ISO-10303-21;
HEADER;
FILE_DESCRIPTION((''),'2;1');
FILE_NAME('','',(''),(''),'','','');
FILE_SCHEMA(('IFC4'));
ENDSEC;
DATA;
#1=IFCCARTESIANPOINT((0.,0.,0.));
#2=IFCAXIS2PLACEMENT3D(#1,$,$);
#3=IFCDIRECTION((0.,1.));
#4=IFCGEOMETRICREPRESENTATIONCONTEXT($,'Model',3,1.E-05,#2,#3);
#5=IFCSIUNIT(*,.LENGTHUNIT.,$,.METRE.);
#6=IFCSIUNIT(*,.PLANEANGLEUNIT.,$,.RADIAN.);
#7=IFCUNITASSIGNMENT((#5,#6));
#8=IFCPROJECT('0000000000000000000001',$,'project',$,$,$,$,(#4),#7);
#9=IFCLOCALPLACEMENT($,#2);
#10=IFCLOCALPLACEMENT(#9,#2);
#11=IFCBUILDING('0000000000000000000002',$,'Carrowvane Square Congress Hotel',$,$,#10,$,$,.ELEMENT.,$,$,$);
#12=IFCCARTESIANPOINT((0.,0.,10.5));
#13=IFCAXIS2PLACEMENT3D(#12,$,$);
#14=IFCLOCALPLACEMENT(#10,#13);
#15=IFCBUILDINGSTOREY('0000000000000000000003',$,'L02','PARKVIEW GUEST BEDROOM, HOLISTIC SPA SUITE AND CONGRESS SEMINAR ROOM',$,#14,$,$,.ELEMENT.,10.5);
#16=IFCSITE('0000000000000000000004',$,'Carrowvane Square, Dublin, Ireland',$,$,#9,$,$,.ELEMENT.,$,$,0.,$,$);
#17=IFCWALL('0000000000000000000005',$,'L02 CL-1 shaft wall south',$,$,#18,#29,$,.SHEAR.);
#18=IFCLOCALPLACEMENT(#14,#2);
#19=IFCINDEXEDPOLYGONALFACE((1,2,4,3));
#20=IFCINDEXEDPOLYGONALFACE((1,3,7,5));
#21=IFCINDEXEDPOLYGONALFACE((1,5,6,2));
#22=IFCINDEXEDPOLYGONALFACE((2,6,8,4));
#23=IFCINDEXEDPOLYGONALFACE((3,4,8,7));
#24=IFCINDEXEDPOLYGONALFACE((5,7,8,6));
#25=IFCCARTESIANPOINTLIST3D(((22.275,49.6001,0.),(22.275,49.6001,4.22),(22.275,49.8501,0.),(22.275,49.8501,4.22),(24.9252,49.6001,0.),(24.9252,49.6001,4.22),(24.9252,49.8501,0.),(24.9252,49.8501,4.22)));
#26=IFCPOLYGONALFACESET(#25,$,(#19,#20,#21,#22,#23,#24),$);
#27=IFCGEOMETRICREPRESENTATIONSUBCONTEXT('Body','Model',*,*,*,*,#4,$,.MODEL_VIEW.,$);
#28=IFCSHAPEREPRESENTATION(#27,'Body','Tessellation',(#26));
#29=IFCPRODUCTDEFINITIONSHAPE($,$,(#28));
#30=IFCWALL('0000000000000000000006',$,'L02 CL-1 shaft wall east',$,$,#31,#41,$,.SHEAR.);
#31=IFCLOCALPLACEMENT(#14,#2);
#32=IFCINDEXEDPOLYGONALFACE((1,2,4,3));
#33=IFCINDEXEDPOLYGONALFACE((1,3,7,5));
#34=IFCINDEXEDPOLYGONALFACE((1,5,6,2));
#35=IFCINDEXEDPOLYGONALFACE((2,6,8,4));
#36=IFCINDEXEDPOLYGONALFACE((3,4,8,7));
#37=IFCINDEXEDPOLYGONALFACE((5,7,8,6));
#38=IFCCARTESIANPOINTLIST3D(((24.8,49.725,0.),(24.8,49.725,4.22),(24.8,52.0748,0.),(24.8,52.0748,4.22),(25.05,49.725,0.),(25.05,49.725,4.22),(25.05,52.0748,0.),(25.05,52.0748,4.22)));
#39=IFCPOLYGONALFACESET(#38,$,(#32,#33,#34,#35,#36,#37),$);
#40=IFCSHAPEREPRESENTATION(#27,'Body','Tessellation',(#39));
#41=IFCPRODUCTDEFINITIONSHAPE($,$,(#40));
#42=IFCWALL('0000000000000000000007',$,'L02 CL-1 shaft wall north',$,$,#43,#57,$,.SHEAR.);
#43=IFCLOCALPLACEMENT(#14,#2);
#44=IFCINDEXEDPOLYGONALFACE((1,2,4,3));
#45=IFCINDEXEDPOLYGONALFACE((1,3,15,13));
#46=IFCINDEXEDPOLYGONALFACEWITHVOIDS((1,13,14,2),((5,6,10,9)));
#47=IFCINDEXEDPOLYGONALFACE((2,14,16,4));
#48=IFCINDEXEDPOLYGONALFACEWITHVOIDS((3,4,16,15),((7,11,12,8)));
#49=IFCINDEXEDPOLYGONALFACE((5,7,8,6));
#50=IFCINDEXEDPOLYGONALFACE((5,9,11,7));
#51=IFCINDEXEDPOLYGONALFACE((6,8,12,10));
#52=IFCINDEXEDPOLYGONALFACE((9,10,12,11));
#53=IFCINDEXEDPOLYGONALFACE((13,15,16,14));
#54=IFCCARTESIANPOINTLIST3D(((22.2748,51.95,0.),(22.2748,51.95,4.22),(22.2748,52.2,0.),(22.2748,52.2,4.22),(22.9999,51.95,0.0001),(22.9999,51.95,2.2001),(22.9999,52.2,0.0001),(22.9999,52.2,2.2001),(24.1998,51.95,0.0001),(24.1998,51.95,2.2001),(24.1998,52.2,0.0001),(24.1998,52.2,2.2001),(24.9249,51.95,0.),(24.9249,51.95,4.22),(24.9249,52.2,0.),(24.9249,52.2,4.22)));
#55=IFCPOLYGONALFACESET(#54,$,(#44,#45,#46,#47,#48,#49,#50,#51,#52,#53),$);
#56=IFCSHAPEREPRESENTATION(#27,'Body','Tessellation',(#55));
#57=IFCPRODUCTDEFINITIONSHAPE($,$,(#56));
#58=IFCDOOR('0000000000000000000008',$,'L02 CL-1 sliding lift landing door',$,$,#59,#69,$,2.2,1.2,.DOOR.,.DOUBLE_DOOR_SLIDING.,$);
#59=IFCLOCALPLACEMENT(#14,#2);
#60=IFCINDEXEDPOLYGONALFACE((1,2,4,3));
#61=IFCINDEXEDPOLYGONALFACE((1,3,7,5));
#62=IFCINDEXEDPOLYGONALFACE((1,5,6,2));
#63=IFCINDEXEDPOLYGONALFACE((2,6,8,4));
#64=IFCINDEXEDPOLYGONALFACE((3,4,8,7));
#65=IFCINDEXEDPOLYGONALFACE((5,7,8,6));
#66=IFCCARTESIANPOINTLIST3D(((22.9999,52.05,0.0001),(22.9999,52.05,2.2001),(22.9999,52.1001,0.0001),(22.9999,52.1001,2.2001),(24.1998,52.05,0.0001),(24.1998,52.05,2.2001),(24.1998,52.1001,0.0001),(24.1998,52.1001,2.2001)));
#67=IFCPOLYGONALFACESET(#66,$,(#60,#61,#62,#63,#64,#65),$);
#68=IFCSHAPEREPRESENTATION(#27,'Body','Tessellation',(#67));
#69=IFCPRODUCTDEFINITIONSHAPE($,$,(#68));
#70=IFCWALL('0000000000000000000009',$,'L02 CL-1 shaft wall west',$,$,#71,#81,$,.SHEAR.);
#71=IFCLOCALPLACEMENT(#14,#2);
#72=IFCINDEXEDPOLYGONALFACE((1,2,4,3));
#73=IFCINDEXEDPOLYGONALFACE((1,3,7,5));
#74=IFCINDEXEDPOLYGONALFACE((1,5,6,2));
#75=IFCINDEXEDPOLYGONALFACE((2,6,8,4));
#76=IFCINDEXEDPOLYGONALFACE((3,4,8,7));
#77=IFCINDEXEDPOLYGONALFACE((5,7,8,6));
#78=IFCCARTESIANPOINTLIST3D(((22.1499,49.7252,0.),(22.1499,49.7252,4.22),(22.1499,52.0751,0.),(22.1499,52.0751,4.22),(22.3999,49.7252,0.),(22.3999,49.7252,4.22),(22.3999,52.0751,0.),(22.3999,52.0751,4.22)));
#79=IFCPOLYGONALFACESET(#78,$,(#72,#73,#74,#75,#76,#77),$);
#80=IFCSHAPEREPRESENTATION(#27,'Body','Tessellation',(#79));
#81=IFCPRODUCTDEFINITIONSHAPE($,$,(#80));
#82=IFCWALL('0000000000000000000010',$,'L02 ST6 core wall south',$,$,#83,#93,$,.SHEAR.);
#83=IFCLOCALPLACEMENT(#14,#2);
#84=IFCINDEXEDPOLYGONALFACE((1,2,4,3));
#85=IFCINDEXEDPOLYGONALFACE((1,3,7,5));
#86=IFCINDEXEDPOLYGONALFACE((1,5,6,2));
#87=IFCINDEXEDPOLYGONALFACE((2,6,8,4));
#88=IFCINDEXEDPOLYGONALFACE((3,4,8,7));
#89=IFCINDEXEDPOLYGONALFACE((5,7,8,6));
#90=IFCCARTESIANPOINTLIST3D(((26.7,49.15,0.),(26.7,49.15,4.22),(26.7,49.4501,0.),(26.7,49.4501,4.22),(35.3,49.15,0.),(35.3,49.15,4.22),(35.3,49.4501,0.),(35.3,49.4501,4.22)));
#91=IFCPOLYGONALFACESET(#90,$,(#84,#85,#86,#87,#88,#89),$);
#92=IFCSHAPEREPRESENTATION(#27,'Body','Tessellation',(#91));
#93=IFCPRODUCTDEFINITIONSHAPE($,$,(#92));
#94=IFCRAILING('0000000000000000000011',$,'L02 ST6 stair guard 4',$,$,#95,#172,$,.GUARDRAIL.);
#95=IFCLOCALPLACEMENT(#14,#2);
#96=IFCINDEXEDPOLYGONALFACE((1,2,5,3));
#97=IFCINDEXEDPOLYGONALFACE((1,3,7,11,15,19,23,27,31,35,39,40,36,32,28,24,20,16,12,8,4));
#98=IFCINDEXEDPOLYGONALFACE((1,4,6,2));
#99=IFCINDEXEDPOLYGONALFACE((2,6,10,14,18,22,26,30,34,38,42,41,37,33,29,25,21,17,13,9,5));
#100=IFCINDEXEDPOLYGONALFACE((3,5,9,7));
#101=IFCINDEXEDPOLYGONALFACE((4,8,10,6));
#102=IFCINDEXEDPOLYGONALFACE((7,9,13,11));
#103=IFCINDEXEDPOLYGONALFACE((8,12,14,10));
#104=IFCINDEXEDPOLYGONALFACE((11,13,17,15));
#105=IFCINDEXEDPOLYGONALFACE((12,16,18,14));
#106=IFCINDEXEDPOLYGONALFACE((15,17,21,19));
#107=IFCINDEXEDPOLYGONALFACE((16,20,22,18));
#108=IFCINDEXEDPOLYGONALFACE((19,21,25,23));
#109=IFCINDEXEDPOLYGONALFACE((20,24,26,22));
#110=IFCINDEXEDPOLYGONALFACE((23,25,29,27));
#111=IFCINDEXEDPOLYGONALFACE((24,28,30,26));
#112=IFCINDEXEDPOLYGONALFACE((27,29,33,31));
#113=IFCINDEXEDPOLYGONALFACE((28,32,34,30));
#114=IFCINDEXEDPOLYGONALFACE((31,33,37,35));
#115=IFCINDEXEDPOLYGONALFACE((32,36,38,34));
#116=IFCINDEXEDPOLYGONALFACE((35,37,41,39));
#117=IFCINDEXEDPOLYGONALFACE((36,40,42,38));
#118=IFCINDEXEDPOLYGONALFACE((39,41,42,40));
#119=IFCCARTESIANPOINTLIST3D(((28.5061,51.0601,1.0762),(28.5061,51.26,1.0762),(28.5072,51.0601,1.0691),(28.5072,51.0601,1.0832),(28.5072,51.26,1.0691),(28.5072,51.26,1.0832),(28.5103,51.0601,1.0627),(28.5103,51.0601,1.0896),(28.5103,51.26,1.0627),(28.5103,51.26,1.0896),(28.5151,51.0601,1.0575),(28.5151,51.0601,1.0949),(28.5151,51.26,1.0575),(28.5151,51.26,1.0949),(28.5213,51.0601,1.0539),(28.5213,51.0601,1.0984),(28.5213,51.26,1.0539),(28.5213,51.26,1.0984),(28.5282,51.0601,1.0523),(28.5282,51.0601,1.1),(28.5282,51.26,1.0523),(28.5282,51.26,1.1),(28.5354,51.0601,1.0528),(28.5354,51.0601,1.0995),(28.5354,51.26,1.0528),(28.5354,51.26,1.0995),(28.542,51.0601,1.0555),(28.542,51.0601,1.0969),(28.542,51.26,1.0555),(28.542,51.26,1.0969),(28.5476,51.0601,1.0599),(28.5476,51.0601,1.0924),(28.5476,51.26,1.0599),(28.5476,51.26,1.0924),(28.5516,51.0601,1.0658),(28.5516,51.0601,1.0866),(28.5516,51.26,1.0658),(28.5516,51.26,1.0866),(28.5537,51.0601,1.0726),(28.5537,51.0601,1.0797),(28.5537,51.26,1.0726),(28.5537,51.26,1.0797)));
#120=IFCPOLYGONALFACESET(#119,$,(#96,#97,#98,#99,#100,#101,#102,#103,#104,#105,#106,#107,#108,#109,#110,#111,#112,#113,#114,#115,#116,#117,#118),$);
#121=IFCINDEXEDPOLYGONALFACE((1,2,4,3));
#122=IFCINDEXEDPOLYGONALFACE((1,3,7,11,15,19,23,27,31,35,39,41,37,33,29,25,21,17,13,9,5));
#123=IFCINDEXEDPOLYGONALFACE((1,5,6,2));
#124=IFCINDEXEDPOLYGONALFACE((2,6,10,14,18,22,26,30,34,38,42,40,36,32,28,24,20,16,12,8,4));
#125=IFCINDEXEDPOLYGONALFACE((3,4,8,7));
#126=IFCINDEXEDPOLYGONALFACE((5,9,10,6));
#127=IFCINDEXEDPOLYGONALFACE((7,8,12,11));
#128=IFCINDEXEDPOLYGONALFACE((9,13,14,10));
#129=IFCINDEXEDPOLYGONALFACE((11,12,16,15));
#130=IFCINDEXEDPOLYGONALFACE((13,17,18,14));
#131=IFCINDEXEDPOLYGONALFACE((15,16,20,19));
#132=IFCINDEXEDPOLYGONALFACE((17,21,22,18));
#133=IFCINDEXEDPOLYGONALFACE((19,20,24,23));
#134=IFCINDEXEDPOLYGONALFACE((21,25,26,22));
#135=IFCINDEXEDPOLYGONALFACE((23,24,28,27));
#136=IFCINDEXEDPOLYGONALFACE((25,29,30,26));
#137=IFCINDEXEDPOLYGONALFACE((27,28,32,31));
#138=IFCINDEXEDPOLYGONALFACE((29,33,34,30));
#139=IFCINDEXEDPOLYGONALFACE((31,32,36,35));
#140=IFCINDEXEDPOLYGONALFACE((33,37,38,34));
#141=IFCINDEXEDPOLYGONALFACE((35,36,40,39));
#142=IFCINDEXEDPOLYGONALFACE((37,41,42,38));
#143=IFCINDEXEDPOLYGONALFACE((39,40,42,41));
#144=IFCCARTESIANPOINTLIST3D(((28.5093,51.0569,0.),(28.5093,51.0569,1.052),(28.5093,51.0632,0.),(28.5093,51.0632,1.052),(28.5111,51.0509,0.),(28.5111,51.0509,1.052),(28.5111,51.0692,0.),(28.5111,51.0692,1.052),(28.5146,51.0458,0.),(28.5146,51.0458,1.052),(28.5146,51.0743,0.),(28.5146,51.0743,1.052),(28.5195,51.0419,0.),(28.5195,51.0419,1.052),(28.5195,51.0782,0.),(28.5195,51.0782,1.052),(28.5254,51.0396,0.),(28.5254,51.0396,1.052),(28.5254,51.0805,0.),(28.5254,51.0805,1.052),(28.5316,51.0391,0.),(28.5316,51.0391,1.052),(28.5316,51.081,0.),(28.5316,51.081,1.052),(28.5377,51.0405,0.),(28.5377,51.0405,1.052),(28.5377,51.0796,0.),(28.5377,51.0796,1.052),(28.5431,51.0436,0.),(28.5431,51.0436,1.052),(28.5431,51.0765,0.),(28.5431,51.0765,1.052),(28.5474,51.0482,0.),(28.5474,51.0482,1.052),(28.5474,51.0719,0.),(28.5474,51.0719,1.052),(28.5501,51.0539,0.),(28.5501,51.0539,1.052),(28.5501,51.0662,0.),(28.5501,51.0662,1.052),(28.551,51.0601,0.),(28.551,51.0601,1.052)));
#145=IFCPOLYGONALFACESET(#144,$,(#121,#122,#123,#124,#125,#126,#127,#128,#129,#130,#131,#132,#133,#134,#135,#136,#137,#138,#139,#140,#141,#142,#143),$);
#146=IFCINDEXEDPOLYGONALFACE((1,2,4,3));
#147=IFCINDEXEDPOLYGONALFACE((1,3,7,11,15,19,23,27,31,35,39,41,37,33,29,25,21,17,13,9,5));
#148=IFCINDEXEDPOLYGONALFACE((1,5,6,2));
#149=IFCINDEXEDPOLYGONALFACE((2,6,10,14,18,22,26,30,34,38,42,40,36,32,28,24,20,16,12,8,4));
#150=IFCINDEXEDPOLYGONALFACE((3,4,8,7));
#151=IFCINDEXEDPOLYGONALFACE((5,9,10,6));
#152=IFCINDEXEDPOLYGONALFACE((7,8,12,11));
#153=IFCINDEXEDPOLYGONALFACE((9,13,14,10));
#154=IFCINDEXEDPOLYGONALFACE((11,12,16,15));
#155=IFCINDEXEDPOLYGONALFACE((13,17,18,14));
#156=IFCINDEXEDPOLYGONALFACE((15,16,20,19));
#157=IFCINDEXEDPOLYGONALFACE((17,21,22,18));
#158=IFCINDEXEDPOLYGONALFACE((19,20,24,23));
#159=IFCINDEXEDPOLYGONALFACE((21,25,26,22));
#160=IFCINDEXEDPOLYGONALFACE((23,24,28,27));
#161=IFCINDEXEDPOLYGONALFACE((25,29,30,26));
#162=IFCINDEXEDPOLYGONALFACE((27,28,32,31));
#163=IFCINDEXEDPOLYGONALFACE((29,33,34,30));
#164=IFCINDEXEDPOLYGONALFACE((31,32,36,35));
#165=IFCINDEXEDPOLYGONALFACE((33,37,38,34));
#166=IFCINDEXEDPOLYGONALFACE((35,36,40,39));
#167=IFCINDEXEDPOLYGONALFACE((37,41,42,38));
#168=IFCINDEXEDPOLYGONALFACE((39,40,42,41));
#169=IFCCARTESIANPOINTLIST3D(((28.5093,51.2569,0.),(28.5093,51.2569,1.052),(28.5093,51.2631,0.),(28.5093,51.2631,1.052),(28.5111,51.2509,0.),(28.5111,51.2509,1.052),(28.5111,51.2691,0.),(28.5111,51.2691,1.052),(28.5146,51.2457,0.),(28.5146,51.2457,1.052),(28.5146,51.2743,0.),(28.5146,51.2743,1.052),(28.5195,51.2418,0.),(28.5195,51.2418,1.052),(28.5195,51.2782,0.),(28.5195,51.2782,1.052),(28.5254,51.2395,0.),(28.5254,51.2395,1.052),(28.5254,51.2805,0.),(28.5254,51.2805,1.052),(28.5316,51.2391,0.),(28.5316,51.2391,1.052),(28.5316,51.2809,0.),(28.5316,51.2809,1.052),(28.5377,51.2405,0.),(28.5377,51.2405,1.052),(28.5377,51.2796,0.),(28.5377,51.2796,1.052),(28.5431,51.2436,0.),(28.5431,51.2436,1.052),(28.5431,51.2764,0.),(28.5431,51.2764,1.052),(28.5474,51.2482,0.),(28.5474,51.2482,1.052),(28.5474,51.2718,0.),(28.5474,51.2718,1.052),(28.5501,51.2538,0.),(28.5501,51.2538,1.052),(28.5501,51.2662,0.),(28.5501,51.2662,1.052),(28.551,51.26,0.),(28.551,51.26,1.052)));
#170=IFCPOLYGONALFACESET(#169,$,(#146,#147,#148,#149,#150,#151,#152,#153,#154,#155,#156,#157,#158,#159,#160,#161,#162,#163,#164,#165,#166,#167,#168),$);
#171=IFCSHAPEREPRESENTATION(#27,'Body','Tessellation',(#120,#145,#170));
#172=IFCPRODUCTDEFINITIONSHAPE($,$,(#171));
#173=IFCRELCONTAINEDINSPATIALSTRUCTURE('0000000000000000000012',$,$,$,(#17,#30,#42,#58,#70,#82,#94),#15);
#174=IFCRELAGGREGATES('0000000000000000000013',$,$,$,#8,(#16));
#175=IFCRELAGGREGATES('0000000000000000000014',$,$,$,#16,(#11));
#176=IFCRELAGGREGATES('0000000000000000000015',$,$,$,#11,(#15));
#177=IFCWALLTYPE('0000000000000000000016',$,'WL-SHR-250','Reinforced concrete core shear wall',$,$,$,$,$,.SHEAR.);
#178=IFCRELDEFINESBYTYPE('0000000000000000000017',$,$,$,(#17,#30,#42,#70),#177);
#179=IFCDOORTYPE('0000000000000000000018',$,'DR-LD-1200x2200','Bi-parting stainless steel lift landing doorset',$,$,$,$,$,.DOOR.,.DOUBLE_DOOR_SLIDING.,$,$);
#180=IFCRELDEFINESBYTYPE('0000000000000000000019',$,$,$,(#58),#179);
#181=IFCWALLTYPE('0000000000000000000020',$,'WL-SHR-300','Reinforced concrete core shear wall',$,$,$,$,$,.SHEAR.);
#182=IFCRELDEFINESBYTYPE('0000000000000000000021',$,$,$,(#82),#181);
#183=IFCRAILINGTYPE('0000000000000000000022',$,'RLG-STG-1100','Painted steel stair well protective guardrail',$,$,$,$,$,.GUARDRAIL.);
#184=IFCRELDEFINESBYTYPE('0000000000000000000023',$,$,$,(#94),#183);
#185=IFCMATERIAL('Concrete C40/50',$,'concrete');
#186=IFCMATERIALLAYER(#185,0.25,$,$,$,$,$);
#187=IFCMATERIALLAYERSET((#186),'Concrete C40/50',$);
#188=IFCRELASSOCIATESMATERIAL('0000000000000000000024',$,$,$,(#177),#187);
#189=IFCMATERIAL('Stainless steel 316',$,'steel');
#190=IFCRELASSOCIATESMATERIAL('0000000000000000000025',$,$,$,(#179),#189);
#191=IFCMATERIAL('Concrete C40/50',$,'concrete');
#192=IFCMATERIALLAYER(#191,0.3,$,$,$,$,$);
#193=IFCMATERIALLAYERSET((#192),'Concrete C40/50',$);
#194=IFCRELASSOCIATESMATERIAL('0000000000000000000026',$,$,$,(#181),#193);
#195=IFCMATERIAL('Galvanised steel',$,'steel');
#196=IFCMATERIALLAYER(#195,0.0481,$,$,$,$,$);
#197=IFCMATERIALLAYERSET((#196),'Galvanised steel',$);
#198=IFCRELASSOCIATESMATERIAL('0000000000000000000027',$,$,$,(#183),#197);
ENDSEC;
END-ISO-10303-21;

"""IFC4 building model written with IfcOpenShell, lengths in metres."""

from ifc_helpers import new_model, si_unit, direction, frame, frame_2d, origin, origin_2d, place, context, subcontext, project, spatial, rectangle, circle, extrude, material, layer, layer_set, type_object, element, fill, save


model = new_model("IFC4")

# Units and contexts
model_context = context("Model", 3, precision=1e-05, world=origin(), true_north=direction((0.0, 1.0)))
body_context = subcontext(model_context, "Body", "Model", "MODEL_VIEW")
ifc_project = project(units=[si_unit("LENGTHUNIT", "METRE"), si_unit("PLANEANGLEUNIT", "RADIAN")], contexts=[model_context])

# Site, building, storey
site_placement = place(None, origin())
site = spatial("IfcSite", under=ifc_project, at=site_placement, Name="Carrowvane Square, Dublin, Ireland", CompositionType="ELEMENT", RefElevation=0.0)
building_placement = place(site_placement, origin())
building = spatial("IfcBuilding", under=site, at=building_placement, Name="Carrowvane Square Congress Hotel", CompositionType="ELEMENT")
storey_placement = place(building_placement, frame((0.0, 0.0, 10.5)))
storey = spatial("IfcBuildingStorey", under=building, at=storey_placement, Name="L02", Description="PARKVIEW GUEST BEDROOM, HOLISTIC SPA SUITE AND CONGRESS SEMINAR ROOM", CompositionType="ELEMENT", Elevation=10.5)

# Walls
ifc_material_1 = material(Name="Concrete C40/50", Category="concrete")
ifc_layer_1 = layer(ifc_material_1, 0.25)
ifc_layer_set_1 = layer_set([ifc_layer_1], Name="Concrete C40/50")
wall_type_1 = type_object("IfcWallType", Name="WL-SHR-250", Description="Reinforced concrete core shear wall", PredefinedType="SHEAR", material=ifc_layer_set_1)
wall_1_placement = place(storey_placement, frame((22.2749, 49.7251, 0.0), z_axis=(0.0, 0.0, 1.0), x_axis=(1.0, 0.0, 0.0)))
element("IfcWall", 1, at=wall_1_placement, inside=storey, type_object=wall_type_1, Name="L02 CL-1 shaft wall south", PredefinedType="SHEAR", context=body_context, shape_type="SweptSolid", body=[
    extrude(rectangle(XDim=2.6501, YDim=0.25, at=frame_2d((1.3252, 0.0))), origin(), (0.0, 0.0, 1.0), 4.22),
])
wall_2_placement = place(storey_placement, frame((24.925, 49.7251, 0.0), z_axis=(0.0, 0.0, 1.0), x_axis=(0.0, 1.0, 0.0)))
element("IfcWall", 2, at=wall_2_placement, inside=storey, type_object=wall_type_1, Name="L02 CL-1 shaft wall east", PredefinedType="SHEAR", context=body_context, shape_type="SweptSolid", body=[
    extrude(rectangle(XDim=2.3499, YDim=0.25, at=frame_2d((1.1748, 0.0))), origin(), (0.0, 0.0, 1.0), 4.22),
])

# Wall, opening, door
wall_3_placement = place(storey_placement, frame((24.925, 52.075, 0.0), z_axis=(0.0, 0.0, 1.0), x_axis=(-1.0, 0.0, 0.0)))
wall_3 = element("IfcWall", 3, at=wall_3_placement, inside=storey, type_object=wall_type_1, Name="L02 CL-1 shaft wall north", PredefinedType="SHEAR", context=body_context, shape_type="SweptSolid", body=[
    extrude(rectangle(XDim=2.6501, YDim=0.25, at=frame_2d((1.3252, 0.0))), origin(), (0.0, 0.0, 1.0), 4.22),
])
opening_placement = place(wall_3_placement, frame((0.7251, 0.0, 0.0)))
opening = element("IfcOpeningElement", 4, at=opening_placement, cuts=wall_3, PredefinedType="OPENING", context=body_context, shape_type="SweptSolid", body=[
    extrude(rectangle(XDim=1.2, YDim=2.2, at=frame_2d((0.6001, 1.1001))), frame((0.0, 0.135, 0.0), z_axis=(0.0, -1.0, 0.0), x_axis=(1.0, 0.0, 0.0)), (0.0, 0.0, 1.0), 0.27),
])
ifc_material_2 = material(Name="Stainless steel 316", Category="steel")
door_type = type_object("IfcDoorType", Name="DR-LD-1200x2200", Description="Bi-parting stainless steel lift landing doorset", OperationType="DOUBLE_DOOR_SLIDING", PredefinedType="DOOR", material=ifc_material_2)
door_placement = place(opening_placement, origin())
door = element("IfcDoor", 5, at=door_placement, inside=storey, type_object=door_type, Name="L02 CL-1 sliding lift landing door", OperationType="DOUBLE_DOOR_SLIDING", OverallHeight=2.2, OverallWidth=1.2, PredefinedType="DOOR", context=body_context, shape_type="SweptSolid", body=[
    extrude(rectangle(XDim=1.2, YDim=2.2, at=frame_2d((0.6001, 1.1001))), frame((0.0, 0.0249, 0.0), z_axis=(0.0, -1.0, 0.0), x_axis=(1.0, 0.0, 0.0)), (0.0, 0.0, 1.0), 0.05),
])
fill(opening, door)

# Walls
wall_4_placement = place(storey_placement, frame((22.2749, 52.075, 0.0), z_axis=(0.0, 0.0, 1.0), x_axis=(0.0, -1.0, 0.0)))
element("IfcWall", 6, at=wall_4_placement, inside=storey, type_object=wall_type_1, Name="L02 CL-1 shaft wall west", PredefinedType="SHEAR", context=body_context, shape_type="SweptSolid", body=[
    extrude(rectangle(XDim=2.3499, YDim=0.25, at=frame_2d((1.1748, 0.0))), origin(), (0.0, 0.0, 1.0), 4.22),
])
ifc_material_3 = material(Name="Concrete C40/50", Category="concrete")
ifc_layer_2 = layer(ifc_material_3, 0.3)
ifc_layer_set_2 = layer_set([ifc_layer_2], Name="Concrete C40/50")
wall_type_2 = type_object("IfcWallType", Name="WL-SHR-300", Description="Reinforced concrete core shear wall", PredefinedType="SHEAR", material=ifc_layer_set_2)
wall_5_placement = place(storey_placement, frame((26.7, 49.3, 0.0), z_axis=(0.0, 0.0, 1.0), x_axis=(1.0, 0.0, 0.0)))
element("IfcWall", 7, at=wall_5_placement, inside=storey, type_object=wall_type_2, Name="L02 ST6 core wall south", PredefinedType="SHEAR", context=body_context, shape_type="SweptSolid", body=[
    extrude(rectangle(XDim=8.6001, YDim=0.3, at=frame_2d((4.3, 0.0))), origin(), (0.0, 0.0, 1.0), 4.22),
])

# Railing
ifc_material_4 = material(Name="Galvanised steel", Category="steel")
ifc_layer_3 = layer(ifc_material_4, 0.0481)
ifc_layer_set_3 = layer_set([ifc_layer_3], Name="Galvanised steel")
railing_type = type_object("IfcRailingType", Name="RLG-STG-1100", Description="Painted steel stair well protective guardrail", PredefinedType="GUARDRAIL", material=ifc_layer_set_3)
railing_placement = place(storey_placement, frame((28.53, 51.0601, 0.0)))
element("IfcRailing", 8, at=railing_placement, inside=storey, type_object=railing_type, Name="L02 ST6 stair guard 4", PredefinedType="GUARDRAIL", context=body_context, shape_type="SweptSolid", body=[
    extrude(circle(Radius=0.0239, at=origin_2d()), frame((0.0, 0.0, 1.0762), z_axis=(0.0, 1.0, 0.0), x_axis=(-1.0, 0.0, 0.0)), (0.0, 0.0, 1.0), 0.2),
    extrude(circle(Radius=0.021, at=origin_2d()), origin(), (0.0, 0.0, 1.0), 1.052),
    extrude(circle(Radius=0.021, at=origin_2d()), frame((0.0, 0.2, 0.0)), (0.0, 0.0, 1.0), 1.052),
])

save(model, "model.ifc")
